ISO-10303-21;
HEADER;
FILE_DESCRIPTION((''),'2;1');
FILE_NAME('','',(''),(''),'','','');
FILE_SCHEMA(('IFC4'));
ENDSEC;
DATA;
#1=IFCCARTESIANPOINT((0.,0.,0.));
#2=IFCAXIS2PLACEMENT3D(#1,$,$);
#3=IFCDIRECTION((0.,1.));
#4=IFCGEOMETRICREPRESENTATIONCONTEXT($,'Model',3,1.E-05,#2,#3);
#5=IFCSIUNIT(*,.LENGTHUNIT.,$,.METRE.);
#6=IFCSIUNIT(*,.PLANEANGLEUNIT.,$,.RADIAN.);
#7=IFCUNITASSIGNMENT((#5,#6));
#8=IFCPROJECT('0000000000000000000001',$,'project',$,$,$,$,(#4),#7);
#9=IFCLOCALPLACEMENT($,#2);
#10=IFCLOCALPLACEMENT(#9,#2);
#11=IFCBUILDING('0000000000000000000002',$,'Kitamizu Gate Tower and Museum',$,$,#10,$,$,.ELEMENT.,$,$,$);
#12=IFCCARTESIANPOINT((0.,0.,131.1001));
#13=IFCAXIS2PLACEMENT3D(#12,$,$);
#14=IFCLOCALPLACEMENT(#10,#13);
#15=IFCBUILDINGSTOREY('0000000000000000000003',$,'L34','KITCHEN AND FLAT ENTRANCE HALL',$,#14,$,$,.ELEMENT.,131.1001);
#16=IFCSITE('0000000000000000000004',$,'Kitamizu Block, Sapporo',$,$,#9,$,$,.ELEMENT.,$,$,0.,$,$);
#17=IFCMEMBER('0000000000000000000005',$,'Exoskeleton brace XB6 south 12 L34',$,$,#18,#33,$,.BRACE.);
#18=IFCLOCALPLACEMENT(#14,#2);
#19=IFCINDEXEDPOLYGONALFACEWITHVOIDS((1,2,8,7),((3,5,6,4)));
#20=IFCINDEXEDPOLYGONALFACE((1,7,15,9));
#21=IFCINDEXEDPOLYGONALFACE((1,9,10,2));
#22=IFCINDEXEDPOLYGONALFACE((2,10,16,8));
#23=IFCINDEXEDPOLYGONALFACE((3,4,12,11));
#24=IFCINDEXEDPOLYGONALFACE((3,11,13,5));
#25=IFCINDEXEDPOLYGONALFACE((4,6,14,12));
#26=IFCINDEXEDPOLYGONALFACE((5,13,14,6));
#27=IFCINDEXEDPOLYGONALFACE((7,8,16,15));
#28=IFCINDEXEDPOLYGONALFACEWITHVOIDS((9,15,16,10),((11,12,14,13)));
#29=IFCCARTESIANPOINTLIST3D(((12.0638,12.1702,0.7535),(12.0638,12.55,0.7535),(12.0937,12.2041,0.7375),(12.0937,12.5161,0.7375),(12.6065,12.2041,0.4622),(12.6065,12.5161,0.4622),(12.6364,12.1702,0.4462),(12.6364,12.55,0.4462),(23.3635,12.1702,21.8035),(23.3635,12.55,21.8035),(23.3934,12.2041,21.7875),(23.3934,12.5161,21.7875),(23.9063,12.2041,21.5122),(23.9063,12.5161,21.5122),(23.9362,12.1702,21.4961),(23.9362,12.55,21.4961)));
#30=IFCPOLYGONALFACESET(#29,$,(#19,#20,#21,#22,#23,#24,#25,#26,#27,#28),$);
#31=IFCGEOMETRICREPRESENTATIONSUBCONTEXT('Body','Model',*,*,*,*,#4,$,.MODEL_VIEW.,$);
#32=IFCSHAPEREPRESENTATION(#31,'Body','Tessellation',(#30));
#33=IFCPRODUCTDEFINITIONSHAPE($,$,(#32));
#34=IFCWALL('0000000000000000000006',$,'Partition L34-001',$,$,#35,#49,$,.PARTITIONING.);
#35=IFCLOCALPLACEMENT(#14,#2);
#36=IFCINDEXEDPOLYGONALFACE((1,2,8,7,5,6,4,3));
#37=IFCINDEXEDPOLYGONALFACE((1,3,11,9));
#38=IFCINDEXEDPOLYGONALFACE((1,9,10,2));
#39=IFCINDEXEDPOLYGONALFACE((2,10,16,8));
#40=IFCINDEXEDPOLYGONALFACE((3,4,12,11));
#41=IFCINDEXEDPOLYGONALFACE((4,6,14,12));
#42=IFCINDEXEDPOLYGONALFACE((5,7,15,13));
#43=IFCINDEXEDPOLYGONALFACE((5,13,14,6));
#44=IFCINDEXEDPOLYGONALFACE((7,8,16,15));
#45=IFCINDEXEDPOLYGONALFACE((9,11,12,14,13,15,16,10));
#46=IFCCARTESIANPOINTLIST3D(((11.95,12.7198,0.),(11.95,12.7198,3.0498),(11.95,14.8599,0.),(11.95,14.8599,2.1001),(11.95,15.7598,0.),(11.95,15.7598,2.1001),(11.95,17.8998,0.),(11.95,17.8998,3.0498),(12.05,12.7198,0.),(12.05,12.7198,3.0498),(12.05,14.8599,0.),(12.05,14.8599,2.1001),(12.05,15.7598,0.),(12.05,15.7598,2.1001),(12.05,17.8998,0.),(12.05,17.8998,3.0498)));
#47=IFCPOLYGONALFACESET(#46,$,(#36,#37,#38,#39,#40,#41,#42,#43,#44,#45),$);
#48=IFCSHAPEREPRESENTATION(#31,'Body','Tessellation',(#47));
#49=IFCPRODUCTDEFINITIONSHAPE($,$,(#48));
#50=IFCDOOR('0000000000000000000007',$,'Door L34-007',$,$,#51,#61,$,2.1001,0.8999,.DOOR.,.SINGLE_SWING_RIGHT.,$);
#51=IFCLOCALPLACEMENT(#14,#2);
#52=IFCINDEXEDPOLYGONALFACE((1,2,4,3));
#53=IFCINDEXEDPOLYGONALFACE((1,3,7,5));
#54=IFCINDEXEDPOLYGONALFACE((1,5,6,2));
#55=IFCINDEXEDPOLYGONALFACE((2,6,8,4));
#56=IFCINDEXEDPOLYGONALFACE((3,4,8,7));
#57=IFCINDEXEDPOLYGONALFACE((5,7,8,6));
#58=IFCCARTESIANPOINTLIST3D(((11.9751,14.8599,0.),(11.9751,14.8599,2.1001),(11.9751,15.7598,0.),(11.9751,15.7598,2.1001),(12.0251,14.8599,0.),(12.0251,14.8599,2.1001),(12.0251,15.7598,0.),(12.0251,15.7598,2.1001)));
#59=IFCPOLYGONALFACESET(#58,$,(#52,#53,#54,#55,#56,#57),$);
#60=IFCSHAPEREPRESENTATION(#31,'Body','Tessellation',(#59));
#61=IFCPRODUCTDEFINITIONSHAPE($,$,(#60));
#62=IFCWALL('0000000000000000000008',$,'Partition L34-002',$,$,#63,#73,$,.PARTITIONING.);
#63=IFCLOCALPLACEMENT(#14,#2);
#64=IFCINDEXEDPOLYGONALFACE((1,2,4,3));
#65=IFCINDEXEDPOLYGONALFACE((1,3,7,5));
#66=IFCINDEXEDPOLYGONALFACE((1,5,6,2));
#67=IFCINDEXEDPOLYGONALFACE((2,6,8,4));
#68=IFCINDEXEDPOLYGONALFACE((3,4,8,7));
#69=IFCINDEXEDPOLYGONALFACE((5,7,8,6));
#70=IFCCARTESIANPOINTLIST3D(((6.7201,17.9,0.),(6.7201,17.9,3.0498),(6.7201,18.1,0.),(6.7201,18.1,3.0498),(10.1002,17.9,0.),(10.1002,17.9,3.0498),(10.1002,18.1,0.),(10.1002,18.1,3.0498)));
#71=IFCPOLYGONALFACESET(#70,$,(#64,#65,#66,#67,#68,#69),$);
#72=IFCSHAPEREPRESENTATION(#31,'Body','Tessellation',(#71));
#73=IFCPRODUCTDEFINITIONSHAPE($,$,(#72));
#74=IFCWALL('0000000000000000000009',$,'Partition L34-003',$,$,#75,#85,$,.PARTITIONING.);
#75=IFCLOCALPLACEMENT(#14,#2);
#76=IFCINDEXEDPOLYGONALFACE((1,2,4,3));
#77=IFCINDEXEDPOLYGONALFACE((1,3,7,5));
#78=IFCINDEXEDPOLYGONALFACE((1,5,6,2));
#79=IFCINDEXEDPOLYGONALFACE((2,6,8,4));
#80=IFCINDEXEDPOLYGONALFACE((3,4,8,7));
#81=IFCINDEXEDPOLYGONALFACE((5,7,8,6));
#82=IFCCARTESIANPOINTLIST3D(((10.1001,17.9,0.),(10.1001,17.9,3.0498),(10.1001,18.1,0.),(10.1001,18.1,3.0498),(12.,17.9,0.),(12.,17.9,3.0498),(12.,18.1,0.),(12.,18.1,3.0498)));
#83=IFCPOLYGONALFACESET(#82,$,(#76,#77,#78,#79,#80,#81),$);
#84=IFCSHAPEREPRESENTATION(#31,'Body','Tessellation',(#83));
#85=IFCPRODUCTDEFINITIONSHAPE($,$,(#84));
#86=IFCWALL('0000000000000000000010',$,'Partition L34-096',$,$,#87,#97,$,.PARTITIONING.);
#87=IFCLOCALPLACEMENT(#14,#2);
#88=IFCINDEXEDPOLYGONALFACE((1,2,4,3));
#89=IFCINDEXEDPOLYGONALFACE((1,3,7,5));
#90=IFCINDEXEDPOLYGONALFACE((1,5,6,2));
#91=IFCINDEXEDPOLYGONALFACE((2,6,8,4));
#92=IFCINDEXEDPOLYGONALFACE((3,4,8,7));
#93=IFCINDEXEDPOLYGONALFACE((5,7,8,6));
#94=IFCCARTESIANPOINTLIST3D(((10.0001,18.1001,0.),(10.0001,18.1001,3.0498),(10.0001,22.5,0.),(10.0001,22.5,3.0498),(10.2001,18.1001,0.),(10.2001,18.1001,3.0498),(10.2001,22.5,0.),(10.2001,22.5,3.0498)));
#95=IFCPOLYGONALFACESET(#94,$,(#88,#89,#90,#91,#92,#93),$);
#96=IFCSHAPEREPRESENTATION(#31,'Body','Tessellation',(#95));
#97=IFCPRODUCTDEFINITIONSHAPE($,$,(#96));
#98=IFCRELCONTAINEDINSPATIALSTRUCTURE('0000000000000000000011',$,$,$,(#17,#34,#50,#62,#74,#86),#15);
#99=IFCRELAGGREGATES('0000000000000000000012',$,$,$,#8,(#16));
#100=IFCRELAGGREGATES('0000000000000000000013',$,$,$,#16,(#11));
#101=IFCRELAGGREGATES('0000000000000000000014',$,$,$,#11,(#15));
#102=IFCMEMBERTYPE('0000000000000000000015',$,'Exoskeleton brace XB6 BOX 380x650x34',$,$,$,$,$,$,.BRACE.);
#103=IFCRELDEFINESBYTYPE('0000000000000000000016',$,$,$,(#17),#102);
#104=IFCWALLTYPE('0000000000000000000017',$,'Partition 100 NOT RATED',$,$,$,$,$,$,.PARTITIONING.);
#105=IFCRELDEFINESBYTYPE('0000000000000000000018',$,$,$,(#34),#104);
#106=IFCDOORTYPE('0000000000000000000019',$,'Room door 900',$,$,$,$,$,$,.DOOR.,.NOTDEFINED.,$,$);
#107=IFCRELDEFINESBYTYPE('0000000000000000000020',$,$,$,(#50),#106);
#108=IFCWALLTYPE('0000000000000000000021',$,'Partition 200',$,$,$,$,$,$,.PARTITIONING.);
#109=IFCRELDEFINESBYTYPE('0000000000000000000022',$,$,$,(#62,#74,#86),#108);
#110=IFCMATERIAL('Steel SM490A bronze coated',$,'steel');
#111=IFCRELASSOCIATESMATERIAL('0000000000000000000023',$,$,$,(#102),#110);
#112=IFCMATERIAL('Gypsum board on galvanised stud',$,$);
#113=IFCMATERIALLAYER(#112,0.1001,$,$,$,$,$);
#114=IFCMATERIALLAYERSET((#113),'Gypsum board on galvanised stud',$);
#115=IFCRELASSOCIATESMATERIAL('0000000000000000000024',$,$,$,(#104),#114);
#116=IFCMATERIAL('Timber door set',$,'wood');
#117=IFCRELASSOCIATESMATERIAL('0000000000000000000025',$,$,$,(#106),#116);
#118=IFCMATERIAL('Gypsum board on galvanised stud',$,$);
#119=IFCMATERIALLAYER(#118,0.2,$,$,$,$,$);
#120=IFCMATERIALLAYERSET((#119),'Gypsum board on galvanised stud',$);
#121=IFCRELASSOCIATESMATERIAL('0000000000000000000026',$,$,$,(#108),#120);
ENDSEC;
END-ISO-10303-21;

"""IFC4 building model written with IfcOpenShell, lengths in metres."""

from ifc_helpers import new_model, si_unit, direction, frame, frame_2d, origin, origin_2d, place, context, subcontext, project, spatial, rectangle, hollow_rectangle, extrude, material, layer, layer_set, material_profile, profile_set, type_object, element, fill, save


model = new_model("IFC4")

# Units and contexts
model_context = context("Model", 3, precision=1e-05, world=origin(), true_north=direction((0.0, 1.0)))
body_context = subcontext(model_context, "Body", "Model", "MODEL_VIEW")
ifc_project = project(units=[si_unit("LENGTHUNIT", "METRE"), si_unit("PLANEANGLEUNIT", "RADIAN")], contexts=[model_context])

# Site, building, storey
site_placement = place(None, origin())
site = spatial("IfcSite", under=ifc_project, at=site_placement, Name="Kitamizu Block, Sapporo", CompositionType="ELEMENT", RefElevation=0.0)
building_placement = place(site_placement, origin())
building = spatial("IfcBuilding", under=site, at=building_placement, Name="Kitamizu Gate Tower and Museum", CompositionType="ELEMENT")
storey_placement = place(building_placement, frame((0.0, 0.0, 131.1001)))
storey = spatial("IfcBuildingStorey", under=building, at=storey_placement, Name="L34", Description="KITCHEN AND FLAT ENTRANCE HALL", CompositionType="ELEMENT", Elevation=131.1001)

# Member
ifc_material_1 = material(Name="Steel SM490A bronze coated", Category="steel")
ifc_material_profile = material_profile(ifc_material_1, hollow_rectangle(XDim=0.3799, YDim=0.6499, WallThickness=0.0339, at=origin_2d()), Name="BOX 380x650x34")
ifc_profile_set = profile_set([ifc_material_profile], Name="Steel SM490A bronze coated")
member_type = type_object("IfcMemberType", Name="Exoskeleton brace XB6 BOX 380x650x34", PredefinedType="BRACE", material=ifc_profile_set)
member_placement = place(storey_placement, frame((12.3501, 12.3601, 0.5999), z_axis=(0.472969, 0.0, 0.881079), x_axis=(0.0, 1.0, 0.0)))
element("IfcMember", 1, at=member_placement, inside=storey, type_object=member_type, Name="Exoskeleton brace XB6 south 12 L34", PredefinedType="BRACE", context=body_context, shape_type="SweptSolid", body=[
    extrude(hollow_rectangle(XDim=0.3799, YDim=0.6499, WallThickness=0.0339, at=origin_2d()), origin(), (0.0, 0.0, 1.0), 23.8911),
])

# Wall, opening, door
ifc_material_2 = material(Name="Gypsum board on galvanised stud")
ifc_layer_1 = layer(ifc_material_2, 0.1001)
ifc_layer_set_1 = layer_set([ifc_layer_1], Name="Gypsum board on galvanised stud")
wall_type_1 = type_object("IfcWallType", Name="Partition 100 NOT RATED", PredefinedType="PARTITIONING", material=ifc_layer_set_1)
wall_1_placement = place(storey_placement, frame((12.0, 12.72, 0.0), z_axis=(0.0, 0.0, 1.0), x_axis=(0.0, 1.0, 0.0)))
wall_1 = element("IfcWall", 2, at=wall_1_placement, inside=storey, type_object=wall_type_1, Name="Partition L34-001", PredefinedType="PARTITIONING", context=body_context, shape_type="SweptSolid", body=[
    extrude(rectangle(XDim=5.1799, YDim=0.1001, at=frame_2d((2.5898, 0.0))), origin(), (0.0, 0.0, 1.0), 3.0498),
])
opening_placement = place(wall_1_placement, frame((2.1399, 0.0, 0.0)))
opening = element("IfcOpeningElement", 3, at=opening_placement, cuts=wall_1, PredefinedType="OPENING", context=body_context, shape_type="SweptSolid", body=[
    extrude(rectangle(XDim=0.8999, YDim=2.1001, at=frame_2d((0.45, 1.05))), frame((0.0, 0.0601, 0.0), z_axis=(0.0, -1.0, 0.0), x_axis=(1.0, 0.0, 0.0)), (0.0, 0.0, 1.0), 0.1201),
])
ifc_material_3 = material(Name="Timber door set", Category="wood")
door_type = type_object("IfcDoorType", Name="Room door 900", OperationType="NOTDEFINED", PredefinedType="DOOR", material=ifc_material_3)
door_placement = place(opening_placement, origin())
door = element("IfcDoor", 4, at=door_placement, inside=storey, type_object=door_type, Name="Door L34-007", OperationType="SINGLE_SWING_RIGHT", OverallHeight=2.1001, OverallWidth=0.8999, PredefinedType="DOOR", context=body_context, shape_type="SweptSolid", body=[
    extrude(rectangle(XDim=0.8999, YDim=2.1001, at=frame_2d((0.45, 1.05))), frame((0.0, 0.0249, 0.0), z_axis=(0.0, -1.0, 0.0), x_axis=(1.0, 0.0, 0.0)), (0.0, 0.0, 1.0), 0.05),
])
fill(opening, door)

# Walls
ifc_material_4 = material(Name="Gypsum board on galvanised stud")
ifc_layer_2 = layer(ifc_material_4, 0.2)
ifc_layer_set_2 = layer_set([ifc_layer_2], Name="Gypsum board on galvanised stud")
wall_type_2 = type_object("IfcWallType", Name="Partition 200", PredefinedType="PARTITIONING", material=ifc_layer_set_2)
wall_2_placement = place(storey_placement, frame((10.1001, 18.0, 0.0), z_axis=(0.0, 0.0, 1.0), x_axis=(-1.0, 0.0, 0.0)))
element("IfcWall", 5, at=wall_2_placement, inside=storey, type_object=wall_type_2, Name="Partition L34-002", PredefinedType="PARTITIONING", context=body_context, shape_type="SweptSolid", body=[
    extrude(rectangle(XDim=3.3801, YDim=0.2, at=frame_2d((1.6899, 0.0))), origin(), (0.0, 0.0, 1.0), 3.0498),
])
wall_3_placement = place(storey_placement, frame((12.0, 18.0, 0.0), z_axis=(0.0, 0.0, 1.0), x_axis=(-1.0, 0.0, 0.0)))
element("IfcWall", 6, at=wall_3_placement, inside=storey, type_object=wall_type_2, Name="Partition L34-003", PredefinedType="PARTITIONING", context=body_context, shape_type="SweptSolid", body=[
    extrude(rectangle(XDim=1.8999, YDim=0.2, at=frame_2d((0.95, 0.0))), origin(), (0.0, 0.0, 1.0), 3.0498),
])
wall_4_placement = place(storey_placement, frame((10.1001, 18.1001, 0.0), z_axis=(0.0, 0.0, 1.0), x_axis=(0.0, 1.0, 0.0)))
element("IfcWall", 7, at=wall_4_placement, inside=storey, type_object=wall_type_2, Name="Partition L34-096", PredefinedType="PARTITIONING", context=body_context, shape_type="SweptSolid", body=[
    extrude(rectangle(XDim=4.3999, YDim=0.2, at=frame_2d((2.2, 0.0))), origin(), (0.0, 0.0, 1.0), 3.0498),
])

save(model, "model.ifc")
